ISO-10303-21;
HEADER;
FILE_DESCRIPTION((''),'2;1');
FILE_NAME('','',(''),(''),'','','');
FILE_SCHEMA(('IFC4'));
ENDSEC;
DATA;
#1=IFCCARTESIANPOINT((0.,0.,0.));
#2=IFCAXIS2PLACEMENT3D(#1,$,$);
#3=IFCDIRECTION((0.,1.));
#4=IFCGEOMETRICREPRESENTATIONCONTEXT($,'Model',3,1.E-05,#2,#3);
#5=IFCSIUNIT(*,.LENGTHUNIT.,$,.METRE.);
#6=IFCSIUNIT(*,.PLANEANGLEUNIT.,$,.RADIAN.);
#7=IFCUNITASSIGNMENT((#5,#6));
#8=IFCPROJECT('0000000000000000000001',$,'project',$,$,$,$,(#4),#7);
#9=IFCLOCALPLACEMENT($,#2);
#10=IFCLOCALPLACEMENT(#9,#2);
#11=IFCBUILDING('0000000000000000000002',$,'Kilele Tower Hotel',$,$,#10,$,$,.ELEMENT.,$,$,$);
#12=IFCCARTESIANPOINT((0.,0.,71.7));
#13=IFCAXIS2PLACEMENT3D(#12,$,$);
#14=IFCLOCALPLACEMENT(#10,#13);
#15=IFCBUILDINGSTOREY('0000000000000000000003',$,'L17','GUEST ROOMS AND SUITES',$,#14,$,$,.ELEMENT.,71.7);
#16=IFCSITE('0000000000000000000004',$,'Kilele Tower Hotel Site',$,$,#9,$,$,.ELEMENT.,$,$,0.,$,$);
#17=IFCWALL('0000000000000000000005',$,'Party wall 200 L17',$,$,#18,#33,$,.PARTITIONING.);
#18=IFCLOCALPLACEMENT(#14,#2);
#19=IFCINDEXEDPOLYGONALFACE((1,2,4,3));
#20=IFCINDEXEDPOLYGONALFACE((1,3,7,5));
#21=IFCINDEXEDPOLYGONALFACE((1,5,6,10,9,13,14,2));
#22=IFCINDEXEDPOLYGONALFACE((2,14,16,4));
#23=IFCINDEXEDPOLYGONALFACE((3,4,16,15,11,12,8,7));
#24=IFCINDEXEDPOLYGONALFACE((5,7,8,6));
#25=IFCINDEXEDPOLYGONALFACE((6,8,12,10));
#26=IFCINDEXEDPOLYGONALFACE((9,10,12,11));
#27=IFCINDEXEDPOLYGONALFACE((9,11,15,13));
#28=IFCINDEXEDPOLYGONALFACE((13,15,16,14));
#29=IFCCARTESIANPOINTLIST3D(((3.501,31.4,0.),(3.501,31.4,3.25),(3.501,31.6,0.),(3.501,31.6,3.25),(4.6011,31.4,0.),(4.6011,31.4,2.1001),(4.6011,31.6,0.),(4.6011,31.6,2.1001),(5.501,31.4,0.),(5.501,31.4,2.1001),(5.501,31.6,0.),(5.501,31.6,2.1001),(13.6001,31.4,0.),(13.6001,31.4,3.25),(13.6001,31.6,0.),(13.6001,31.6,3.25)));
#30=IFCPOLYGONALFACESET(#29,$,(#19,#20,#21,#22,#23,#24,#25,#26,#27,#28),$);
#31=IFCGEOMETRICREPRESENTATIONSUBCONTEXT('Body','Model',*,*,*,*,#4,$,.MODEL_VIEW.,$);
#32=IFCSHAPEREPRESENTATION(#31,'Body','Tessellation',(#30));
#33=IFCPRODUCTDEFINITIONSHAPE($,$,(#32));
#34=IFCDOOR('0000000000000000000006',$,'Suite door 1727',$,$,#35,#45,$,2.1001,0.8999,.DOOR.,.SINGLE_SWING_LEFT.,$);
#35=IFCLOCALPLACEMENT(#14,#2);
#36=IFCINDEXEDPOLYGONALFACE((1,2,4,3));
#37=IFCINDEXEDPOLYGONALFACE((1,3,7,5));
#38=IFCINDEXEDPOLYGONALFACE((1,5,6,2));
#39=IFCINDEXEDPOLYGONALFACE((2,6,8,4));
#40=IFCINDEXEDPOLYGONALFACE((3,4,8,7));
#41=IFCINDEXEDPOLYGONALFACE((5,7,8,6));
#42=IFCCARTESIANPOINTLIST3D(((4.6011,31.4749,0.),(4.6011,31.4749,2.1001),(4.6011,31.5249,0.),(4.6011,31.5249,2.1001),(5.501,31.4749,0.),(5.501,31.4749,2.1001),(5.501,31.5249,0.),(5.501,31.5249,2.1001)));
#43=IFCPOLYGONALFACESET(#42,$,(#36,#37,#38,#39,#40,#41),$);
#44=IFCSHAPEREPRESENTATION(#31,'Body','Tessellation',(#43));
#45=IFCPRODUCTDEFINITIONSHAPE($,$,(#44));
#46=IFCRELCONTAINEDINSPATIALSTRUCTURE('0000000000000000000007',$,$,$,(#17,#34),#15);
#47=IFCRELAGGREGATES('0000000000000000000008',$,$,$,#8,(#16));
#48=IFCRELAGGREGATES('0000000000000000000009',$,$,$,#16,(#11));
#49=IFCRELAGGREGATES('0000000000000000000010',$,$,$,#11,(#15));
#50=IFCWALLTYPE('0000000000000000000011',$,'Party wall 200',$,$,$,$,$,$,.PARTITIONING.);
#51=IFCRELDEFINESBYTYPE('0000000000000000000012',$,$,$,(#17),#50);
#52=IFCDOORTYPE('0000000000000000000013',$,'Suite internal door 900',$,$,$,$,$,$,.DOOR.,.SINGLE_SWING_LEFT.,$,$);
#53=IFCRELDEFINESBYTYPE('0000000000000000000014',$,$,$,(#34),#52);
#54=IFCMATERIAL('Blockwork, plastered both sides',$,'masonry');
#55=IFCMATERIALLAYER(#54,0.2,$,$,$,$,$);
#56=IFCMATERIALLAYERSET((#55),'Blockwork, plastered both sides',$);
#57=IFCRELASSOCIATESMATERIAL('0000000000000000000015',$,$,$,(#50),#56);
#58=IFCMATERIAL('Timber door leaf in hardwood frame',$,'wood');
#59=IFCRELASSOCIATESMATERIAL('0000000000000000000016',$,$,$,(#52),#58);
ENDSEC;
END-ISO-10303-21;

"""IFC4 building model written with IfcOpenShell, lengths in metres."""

from ifc_helpers import new_model, si_unit, direction, frame, frame_2d, origin, place, context, subcontext, project, spatial, rectangle, extrude, material, layer, layer_set, type_object, element, fill, save


model = new_model("IFC4")

# Units and contexts
model_context = context("Model", 3, precision=1e-05, world=origin(), true_north=direction((0.0, 1.0)))
body_context = subcontext(model_context, "Body", "Model", "MODEL_VIEW")
ifc_project = project(units=[si_unit("LENGTHUNIT", "METRE"), si_unit("PLANEANGLEUNIT", "RADIAN")], contexts=[model_context])

# Site, building, storey
site_placement = place(None, origin())
site = spatial("IfcSite", under=ifc_project, at=site_placement, Name="Kilele Tower Hotel Site", CompositionType="ELEMENT", RefElevation=0.0)
building_placement = place(site_placement, origin())
building = spatial("IfcBuilding", under=site, at=building_placement, Name="Kilele Tower Hotel", CompositionType="ELEMENT")
storey_placement = place(building_placement, frame((0.0, 0.0, 71.7)))
storey = spatial("IfcBuildingStorey", under=building, at=storey_placement, Name="L17", Description="GUEST ROOMS AND SUITES", CompositionType="ELEMENT", Elevation=71.7)

# Wall, opening, door
ifc_material_1 = material(Name="Blockwork, plastered both sides", Category="masonry")
ifc_layer_1 = layer(ifc_material_1, 0.2)
ifc_layer_set_1 = layer_set([ifc_layer_1], Name="Blockwork, plastered both sides")
wall_type_1 = type_object("IfcWallType", Name="Party wall 200", PredefinedType="PARTITIONING", material=ifc_layer_set_1)
wall_1_placement = place(storey_placement, frame((13.6001, 31.5, 0.0), z_axis=(0.0, 0.0, 1.0), x_axis=(-1.0, 0.0, 0.0)))
wall_1 = element("IfcWall", 1, at=wall_1_placement, inside=storey, type_object=wall_type_1, Name="Party wall 200 L17", PredefinedType="PARTITIONING", context=body_context, shape_type="SweptSolid", body=[
    extrude(rectangle(XDim=10.0991, YDim=0.2, at=frame_2d((5.0496, 0.0))), origin(), (0.0, 0.0, 1.0), 3.25),
])
opening_1_placement = place(wall_1_placement, frame((8.999, 0.0, 0.0), z_axis=(0.0, 0.0, 1.0), x_axis=(-1.0, 0.0, 0.0)))
opening_1 = element("IfcOpeningElement", 2, at=opening_1_placement, cuts=wall_1, PredefinedType="OPENING", context=body_context, shape_type="SweptSolid", body=[
    extrude(rectangle(XDim=0.8999, YDim=2.1001, at=frame_2d((0.45, 1.05))), frame((0.0, 0.1099, 0.0), z_axis=(0.0, -1.0, 0.0), x_axis=(1.0, 0.0, 0.0)), (0.0, 0.0, 1.0), 0.22),
])
ifc_material_2 = material(Name="Timber door leaf in hardwood frame", Category="wood")
door_type_1 = type_object("IfcDoorType", Name="Suite internal door 900", OperationType="SINGLE_SWING_LEFT", PredefinedType="DOOR", material=ifc_material_2)
door_1_placement = place(opening_1_placement, origin())
door_1 = element("IfcDoor", 3, at=door_1_placement, inside=storey, type_object=door_type_1, Name="Suite door 1727", OperationType="SINGLE_SWING_LEFT", OverallHeight=2.1001, OverallWidth=0.8999, PredefinedType="DOOR", context=body_context, shape_type="SweptSolid", body=[
    extrude(rectangle(XDim=0.8999, YDim=2.1001, at=frame_2d((0.45, 1.05))), frame((0.0, 0.0249, 0.0), z_axis=(0.0, -1.0, 0.0), x_axis=(1.0, 0.0, 0.0)), (0.0, 0.0, 1.0), 0.05),
])
fill(opening_1, door_1)

save(model, "model.ifc")
